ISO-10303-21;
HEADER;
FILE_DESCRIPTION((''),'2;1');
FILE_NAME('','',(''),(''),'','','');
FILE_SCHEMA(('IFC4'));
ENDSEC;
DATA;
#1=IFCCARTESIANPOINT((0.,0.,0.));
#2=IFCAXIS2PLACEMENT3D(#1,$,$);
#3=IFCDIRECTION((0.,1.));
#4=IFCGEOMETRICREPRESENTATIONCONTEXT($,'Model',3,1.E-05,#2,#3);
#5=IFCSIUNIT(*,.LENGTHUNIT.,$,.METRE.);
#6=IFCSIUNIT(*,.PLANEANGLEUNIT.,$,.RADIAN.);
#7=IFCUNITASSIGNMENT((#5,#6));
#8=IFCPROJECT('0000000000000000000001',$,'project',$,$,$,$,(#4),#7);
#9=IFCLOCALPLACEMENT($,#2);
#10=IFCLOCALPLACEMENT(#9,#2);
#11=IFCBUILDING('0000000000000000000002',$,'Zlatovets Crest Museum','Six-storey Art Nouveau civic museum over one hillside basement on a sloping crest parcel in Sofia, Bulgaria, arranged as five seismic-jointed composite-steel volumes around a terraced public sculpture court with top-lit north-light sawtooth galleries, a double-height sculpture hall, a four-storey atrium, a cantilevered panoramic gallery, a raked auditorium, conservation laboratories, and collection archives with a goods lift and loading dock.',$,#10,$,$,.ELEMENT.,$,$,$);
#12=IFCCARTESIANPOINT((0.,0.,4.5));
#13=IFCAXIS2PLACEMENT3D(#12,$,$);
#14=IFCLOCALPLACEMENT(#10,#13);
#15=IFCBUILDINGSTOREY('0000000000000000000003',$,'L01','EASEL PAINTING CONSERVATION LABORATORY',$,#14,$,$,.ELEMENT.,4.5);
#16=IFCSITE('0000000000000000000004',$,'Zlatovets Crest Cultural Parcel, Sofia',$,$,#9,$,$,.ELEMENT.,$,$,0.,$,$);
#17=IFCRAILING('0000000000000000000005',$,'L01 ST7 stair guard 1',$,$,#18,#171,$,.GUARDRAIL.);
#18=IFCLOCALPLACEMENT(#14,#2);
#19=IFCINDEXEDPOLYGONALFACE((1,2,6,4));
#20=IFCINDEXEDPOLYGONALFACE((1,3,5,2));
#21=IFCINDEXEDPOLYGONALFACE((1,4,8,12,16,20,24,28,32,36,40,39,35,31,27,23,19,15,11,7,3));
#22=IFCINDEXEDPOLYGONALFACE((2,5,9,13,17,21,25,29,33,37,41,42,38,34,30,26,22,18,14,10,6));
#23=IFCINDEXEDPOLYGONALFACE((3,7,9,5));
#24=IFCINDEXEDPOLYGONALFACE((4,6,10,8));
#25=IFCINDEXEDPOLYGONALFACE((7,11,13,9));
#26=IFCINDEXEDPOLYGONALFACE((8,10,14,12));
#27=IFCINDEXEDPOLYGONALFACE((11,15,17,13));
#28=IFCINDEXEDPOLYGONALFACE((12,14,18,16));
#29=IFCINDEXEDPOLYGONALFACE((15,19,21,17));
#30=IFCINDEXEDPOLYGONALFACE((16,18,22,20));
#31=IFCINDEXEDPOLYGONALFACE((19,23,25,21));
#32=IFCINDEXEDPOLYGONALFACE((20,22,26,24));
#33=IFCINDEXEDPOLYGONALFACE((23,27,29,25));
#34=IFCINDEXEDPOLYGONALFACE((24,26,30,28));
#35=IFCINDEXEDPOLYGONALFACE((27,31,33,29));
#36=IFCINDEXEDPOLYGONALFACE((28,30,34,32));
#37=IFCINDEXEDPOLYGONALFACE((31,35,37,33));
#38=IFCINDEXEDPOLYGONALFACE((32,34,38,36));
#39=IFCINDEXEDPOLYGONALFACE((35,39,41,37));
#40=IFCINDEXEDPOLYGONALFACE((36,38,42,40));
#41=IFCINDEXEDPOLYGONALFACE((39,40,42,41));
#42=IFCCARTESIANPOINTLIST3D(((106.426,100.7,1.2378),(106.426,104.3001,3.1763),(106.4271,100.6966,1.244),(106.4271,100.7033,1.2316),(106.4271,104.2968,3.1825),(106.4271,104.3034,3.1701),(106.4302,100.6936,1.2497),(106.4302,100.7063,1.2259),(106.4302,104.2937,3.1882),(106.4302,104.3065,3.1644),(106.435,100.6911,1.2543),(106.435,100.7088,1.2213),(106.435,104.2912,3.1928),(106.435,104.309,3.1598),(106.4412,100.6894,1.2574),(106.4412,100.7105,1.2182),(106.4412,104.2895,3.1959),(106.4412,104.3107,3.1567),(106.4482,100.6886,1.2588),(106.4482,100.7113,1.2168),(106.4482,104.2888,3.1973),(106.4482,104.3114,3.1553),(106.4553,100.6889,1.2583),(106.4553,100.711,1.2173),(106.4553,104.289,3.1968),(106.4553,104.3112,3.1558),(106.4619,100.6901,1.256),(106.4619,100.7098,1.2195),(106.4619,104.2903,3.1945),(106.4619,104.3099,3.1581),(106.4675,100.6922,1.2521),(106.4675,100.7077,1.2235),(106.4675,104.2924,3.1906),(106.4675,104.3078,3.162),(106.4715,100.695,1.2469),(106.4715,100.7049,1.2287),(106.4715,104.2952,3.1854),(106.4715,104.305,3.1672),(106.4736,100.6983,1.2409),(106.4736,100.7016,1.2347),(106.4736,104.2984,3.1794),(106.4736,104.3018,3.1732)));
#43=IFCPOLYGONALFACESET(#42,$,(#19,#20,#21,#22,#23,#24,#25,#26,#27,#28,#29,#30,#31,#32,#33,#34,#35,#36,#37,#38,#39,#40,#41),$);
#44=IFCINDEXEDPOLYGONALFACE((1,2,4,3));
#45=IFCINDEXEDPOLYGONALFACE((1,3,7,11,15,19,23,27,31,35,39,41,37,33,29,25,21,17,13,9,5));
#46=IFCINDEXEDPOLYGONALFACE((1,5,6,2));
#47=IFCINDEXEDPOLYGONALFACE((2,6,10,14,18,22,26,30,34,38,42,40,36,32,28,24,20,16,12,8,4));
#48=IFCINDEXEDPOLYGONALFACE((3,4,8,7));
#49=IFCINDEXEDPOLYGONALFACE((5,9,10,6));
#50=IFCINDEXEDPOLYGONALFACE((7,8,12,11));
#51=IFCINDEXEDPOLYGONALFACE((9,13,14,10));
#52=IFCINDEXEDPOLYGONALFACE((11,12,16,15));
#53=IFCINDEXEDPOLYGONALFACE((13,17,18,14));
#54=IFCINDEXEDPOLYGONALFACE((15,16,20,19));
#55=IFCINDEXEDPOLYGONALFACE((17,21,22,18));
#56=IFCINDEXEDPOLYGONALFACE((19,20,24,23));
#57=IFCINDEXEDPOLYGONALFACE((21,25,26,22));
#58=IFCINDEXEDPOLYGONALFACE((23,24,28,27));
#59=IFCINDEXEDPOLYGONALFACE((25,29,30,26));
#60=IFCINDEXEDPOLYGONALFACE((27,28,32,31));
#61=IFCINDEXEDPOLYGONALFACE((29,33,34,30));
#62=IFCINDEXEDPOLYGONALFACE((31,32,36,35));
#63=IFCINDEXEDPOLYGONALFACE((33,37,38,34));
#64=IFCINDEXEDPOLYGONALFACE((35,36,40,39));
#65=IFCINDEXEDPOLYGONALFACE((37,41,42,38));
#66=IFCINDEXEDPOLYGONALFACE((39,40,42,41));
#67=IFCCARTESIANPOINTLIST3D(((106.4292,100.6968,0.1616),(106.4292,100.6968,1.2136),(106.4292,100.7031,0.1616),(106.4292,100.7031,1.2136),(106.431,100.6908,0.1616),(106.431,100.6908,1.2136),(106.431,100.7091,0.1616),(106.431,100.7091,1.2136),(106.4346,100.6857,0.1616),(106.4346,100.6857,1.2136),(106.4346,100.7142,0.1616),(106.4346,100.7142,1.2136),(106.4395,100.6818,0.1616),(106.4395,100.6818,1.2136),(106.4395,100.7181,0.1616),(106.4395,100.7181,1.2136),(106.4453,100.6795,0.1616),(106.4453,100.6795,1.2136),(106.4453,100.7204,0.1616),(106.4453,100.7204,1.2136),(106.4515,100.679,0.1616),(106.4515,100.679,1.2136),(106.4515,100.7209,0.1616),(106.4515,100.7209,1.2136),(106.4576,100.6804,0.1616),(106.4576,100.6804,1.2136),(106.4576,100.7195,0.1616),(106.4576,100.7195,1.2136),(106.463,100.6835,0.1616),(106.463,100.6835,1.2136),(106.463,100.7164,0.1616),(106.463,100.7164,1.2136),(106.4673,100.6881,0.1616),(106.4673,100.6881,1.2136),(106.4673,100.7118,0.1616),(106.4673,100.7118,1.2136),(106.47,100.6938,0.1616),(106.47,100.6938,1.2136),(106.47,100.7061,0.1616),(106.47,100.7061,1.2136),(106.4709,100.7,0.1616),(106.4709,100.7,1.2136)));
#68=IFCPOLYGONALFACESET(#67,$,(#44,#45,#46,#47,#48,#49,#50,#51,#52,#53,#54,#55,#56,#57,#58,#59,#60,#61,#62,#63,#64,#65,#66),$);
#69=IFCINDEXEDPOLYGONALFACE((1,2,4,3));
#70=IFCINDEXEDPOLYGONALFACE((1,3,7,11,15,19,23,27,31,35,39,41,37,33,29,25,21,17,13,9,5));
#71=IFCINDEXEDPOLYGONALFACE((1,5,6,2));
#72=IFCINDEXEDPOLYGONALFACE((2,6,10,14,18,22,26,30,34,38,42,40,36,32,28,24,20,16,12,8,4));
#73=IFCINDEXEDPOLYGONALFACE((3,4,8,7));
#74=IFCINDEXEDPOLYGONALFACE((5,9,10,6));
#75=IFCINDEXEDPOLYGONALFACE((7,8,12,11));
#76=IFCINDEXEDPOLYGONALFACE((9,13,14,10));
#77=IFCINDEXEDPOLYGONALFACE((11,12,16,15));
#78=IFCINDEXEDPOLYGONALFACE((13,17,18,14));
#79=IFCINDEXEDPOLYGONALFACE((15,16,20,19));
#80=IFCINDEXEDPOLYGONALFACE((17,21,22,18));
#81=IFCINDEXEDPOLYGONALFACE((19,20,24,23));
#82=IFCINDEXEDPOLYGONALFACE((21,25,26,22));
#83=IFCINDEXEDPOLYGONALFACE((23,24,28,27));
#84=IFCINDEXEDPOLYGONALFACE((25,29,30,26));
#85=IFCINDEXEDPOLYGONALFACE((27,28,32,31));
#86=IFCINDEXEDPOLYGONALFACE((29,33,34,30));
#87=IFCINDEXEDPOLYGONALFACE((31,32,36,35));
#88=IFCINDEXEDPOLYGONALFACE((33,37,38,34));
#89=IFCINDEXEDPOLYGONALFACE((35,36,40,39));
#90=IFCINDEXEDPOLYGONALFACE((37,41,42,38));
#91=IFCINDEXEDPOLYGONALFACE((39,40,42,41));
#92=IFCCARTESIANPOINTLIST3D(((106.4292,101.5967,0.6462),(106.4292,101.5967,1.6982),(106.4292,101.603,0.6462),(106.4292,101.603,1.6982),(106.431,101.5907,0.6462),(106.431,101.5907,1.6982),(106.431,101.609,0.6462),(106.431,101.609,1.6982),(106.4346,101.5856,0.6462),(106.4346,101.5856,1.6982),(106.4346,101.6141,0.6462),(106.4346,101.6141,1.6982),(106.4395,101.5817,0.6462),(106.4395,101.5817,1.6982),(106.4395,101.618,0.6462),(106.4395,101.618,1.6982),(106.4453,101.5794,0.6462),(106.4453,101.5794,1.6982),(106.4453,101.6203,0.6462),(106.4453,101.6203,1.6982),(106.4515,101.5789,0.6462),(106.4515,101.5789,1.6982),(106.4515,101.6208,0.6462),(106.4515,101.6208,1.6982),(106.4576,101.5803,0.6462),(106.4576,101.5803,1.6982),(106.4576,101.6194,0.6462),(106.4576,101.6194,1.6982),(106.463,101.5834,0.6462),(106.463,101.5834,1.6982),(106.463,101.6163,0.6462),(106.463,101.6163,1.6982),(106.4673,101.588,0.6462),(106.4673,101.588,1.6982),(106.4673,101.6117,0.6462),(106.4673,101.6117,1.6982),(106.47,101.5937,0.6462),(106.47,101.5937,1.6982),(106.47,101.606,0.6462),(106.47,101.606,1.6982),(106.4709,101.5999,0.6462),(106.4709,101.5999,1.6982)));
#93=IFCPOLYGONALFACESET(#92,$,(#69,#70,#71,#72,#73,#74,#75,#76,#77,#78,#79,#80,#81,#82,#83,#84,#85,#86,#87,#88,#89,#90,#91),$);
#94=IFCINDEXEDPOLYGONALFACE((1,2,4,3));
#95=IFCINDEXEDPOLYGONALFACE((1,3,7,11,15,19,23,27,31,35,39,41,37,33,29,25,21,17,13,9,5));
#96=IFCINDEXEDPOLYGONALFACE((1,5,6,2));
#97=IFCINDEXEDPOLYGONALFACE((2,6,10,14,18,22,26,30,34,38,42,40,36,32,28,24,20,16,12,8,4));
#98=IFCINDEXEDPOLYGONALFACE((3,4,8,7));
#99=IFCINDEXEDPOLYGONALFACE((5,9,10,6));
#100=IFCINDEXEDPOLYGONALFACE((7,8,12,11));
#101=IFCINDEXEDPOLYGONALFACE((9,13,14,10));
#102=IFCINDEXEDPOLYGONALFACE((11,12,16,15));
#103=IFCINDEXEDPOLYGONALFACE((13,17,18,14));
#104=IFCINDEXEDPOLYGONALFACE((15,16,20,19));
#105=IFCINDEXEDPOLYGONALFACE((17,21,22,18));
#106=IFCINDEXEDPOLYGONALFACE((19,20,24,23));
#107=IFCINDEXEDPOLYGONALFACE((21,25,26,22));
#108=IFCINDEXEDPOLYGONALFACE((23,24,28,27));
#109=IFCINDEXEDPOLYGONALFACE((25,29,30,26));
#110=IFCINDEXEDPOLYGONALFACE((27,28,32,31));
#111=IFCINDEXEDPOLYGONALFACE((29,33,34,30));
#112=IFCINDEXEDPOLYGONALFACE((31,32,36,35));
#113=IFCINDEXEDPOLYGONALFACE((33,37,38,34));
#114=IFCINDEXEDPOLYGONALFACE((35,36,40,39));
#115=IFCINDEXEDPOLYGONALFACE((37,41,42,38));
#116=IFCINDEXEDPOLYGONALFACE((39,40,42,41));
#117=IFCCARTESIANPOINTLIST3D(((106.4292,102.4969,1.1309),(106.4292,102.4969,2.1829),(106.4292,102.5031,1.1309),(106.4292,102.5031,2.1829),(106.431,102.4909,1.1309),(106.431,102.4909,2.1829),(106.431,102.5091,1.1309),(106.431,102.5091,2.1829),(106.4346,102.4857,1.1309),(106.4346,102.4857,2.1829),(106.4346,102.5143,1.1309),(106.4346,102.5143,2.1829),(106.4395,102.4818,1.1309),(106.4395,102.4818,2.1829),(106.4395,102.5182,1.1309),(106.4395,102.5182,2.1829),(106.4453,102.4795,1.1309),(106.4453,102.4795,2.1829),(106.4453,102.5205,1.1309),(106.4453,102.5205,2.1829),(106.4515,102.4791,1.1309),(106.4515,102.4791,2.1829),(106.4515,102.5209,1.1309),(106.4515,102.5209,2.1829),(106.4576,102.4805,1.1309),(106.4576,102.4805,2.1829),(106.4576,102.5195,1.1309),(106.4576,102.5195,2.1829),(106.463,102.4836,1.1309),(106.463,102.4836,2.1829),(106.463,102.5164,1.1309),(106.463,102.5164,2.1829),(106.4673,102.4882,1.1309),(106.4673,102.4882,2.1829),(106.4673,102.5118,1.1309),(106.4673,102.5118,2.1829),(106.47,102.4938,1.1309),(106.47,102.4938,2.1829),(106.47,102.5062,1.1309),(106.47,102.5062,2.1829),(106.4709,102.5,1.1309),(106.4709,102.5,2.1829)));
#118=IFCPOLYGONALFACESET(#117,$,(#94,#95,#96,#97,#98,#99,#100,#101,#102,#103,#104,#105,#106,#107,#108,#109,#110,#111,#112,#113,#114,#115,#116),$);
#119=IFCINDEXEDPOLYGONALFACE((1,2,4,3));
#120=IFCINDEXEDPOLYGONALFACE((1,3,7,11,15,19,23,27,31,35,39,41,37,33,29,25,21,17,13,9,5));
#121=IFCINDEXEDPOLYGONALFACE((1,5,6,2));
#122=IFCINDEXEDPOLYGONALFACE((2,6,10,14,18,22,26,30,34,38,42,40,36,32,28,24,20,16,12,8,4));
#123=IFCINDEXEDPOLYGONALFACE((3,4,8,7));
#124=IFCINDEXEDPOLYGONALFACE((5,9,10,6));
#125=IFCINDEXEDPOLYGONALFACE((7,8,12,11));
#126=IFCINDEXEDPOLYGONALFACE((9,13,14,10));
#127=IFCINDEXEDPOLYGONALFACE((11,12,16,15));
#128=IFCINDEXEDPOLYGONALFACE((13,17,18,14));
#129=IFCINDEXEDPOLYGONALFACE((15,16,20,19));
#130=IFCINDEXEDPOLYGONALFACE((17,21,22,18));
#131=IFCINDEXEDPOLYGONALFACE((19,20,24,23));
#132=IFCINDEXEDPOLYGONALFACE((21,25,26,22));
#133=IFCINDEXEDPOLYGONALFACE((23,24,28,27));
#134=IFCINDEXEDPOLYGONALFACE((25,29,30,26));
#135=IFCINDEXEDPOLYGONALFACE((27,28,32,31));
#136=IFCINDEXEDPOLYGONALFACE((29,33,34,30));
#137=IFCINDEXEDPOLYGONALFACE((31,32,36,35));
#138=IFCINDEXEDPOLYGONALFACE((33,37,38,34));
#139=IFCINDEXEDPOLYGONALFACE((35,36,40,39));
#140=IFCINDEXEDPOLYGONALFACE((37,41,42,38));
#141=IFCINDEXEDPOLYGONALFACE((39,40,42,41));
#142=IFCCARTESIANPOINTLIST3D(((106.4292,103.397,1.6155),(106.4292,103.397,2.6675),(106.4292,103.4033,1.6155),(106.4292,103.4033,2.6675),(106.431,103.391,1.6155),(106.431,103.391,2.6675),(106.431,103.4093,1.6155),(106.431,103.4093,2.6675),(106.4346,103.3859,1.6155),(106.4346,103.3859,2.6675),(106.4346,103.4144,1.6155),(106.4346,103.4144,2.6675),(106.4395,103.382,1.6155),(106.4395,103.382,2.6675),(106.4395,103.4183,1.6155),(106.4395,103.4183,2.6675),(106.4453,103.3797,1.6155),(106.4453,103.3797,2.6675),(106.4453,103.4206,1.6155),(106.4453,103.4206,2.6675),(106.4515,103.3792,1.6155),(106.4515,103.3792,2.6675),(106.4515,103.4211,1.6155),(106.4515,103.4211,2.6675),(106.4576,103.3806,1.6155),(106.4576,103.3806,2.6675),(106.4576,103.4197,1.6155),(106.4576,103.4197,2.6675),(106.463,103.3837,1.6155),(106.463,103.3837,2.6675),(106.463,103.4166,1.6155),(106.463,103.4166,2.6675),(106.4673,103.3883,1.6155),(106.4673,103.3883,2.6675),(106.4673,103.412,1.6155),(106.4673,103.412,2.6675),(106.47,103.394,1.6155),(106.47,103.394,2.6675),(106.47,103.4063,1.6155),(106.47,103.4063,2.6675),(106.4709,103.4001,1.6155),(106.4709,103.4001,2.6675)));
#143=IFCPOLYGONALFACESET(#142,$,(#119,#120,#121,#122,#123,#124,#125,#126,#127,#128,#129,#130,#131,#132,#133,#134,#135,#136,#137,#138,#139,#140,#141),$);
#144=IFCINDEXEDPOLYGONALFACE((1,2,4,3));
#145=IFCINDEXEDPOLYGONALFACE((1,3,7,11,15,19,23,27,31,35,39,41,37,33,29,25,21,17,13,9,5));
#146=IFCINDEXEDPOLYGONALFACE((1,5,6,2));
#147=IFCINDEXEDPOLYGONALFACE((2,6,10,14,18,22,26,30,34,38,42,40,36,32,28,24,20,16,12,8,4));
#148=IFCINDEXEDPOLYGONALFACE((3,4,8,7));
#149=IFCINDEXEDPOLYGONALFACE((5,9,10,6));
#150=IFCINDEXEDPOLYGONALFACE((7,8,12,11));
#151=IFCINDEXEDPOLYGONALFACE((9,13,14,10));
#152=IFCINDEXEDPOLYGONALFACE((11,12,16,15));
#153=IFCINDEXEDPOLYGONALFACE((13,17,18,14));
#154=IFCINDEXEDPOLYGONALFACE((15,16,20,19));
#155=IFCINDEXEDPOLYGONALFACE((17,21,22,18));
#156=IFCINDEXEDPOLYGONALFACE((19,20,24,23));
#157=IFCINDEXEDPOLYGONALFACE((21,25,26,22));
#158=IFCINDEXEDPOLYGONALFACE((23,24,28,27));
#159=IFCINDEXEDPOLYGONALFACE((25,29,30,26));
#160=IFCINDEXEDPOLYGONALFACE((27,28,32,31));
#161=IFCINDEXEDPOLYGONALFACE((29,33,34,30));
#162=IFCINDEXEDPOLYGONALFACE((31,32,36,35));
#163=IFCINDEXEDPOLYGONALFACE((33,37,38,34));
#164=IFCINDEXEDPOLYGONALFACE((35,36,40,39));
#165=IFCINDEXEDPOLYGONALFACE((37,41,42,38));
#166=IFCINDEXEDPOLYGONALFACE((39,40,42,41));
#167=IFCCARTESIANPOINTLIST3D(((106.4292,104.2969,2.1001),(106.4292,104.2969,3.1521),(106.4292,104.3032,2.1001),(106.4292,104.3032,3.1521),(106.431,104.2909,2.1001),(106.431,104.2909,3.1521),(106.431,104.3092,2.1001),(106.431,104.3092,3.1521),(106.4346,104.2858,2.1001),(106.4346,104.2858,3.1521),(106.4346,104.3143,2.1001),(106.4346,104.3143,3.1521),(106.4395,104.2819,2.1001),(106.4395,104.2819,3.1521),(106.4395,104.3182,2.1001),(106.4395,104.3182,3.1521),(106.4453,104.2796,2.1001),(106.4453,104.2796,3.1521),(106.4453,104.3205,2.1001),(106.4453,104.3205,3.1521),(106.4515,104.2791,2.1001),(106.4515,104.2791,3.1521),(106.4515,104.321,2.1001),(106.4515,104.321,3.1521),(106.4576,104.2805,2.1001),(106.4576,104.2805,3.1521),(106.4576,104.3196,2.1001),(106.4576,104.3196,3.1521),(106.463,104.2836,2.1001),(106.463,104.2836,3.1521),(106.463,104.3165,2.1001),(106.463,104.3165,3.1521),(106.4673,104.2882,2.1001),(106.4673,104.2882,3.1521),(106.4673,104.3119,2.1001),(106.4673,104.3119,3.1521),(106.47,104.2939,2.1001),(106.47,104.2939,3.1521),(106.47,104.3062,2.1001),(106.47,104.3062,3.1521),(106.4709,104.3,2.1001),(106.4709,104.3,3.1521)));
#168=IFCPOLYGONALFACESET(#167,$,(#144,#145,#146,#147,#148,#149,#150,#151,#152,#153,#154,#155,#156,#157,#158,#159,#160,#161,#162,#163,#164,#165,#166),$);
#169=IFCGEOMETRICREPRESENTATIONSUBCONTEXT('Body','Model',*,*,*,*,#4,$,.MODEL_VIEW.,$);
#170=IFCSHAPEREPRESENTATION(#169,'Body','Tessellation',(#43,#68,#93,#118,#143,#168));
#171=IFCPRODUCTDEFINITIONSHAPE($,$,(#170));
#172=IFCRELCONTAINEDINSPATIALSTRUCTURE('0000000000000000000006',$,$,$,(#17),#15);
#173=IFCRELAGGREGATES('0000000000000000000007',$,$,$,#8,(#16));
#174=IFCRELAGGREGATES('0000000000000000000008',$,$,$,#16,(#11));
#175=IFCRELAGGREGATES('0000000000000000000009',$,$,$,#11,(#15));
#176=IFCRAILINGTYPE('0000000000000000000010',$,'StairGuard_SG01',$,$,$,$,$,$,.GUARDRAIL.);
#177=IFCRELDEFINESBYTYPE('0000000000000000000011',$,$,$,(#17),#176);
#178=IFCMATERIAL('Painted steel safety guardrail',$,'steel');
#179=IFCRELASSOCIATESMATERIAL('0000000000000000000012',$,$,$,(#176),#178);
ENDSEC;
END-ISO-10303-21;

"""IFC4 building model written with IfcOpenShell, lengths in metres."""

from ifc_helpers import new_model, si_unit, direction, frame, origin, origin_2d, place, context, subcontext, project, spatial, circle, extrude, material, type_object, element, save


model = new_model("IFC4")

# Units and contexts
model_context = context("Model", 3, precision=1e-05, world=origin(), true_north=direction((0.0, 1.0)))
body_context = subcontext(model_context, "Body", "Model", "MODEL_VIEW")
ifc_project = project(units=[si_unit("LENGTHUNIT", "METRE"), si_unit("PLANEANGLEUNIT", "RADIAN")], contexts=[model_context])

# Site, building, storey
site_placement = place(None, origin())
site = spatial("IfcSite", under=ifc_project, at=site_placement, Name="Zlatovets Crest Cultural Parcel, Sofia", CompositionType="ELEMENT", RefElevation=0.0)
building_placement = place(site_placement, origin())
building = spatial("IfcBuilding", under=site, at=building_placement, Name="Zlatovets Crest Museum", Description="Six-storey Art Nouveau civic museum over one hillside basement on a sloping crest parcel in Sofia, Bulgaria, arranged as five seismic-jointed composite-steel volumes around a terraced public sculpture court with top-lit north-light sawtooth galleries, a double-height sculpture hall, a four-storey atrium, a cantilevered panoramic gallery, a raked auditorium, conservation laboratories, and collection archives with a goods lift and loading dock.", CompositionType="ELEMENT")
storey_placement = place(building_placement, frame((0.0, 0.0, 4.5)))
storey = spatial("IfcBuildingStorey", under=building, at=storey_placement, Name="L01", Description="EASEL PAINTING CONSERVATION LABORATORY", CompositionType="ELEMENT", Elevation=4.5)

# Railing
ifc_material_1 = material(Name="Painted steel safety guardrail", Category="steel")
railing_type_1 = type_object("IfcRailingType", Name="StairGuard_SG01", PredefinedType="GUARDRAIL", material=ifc_material_1)
railing_1_placement = place(storey_placement, frame((106.45, 100.7, 0.1616)))
element("IfcRailing", 1, at=railing_1_placement, inside=storey, type_object=railing_type_1, Name="L01 ST7 stair guard 1", PredefinedType="GUARDRAIL", context=body_context, shape_type="SweptSolid", body=[
    extrude(circle(Radius=0.0239, at=origin_2d()), frame((0.0, 0.0, 1.0762), z_axis=(0.0, 0.880475, 0.474093), x_axis=(-1.0, 0.0, 0.0)), (0.0, 0.0, 1.0), 4.0889),
    extrude(circle(Radius=0.021, at=origin_2d()), origin(), (0.0, 0.0, 1.0), 1.052),
    extrude(circle(Radius=0.021, at=origin_2d()), frame((0.0, 0.8999, 0.4846)), (0.0, 0.0, 1.0), 1.052),
    extrude(circle(Radius=0.021, at=origin_2d()), frame((0.0, 1.8, 0.9692)), (0.0, 0.0, 1.0), 1.052),
    extrude(circle(Radius=0.021, at=origin_2d()), frame((0.0, 2.7002, 1.4539)), (0.0, 0.0, 1.0), 1.052),
    extrude(circle(Radius=0.021, at=origin_2d()), frame((0.0, 3.6001, 1.9385)), (0.0, 0.0, 1.0), 1.052),
])

save(model, "model.ifc")
